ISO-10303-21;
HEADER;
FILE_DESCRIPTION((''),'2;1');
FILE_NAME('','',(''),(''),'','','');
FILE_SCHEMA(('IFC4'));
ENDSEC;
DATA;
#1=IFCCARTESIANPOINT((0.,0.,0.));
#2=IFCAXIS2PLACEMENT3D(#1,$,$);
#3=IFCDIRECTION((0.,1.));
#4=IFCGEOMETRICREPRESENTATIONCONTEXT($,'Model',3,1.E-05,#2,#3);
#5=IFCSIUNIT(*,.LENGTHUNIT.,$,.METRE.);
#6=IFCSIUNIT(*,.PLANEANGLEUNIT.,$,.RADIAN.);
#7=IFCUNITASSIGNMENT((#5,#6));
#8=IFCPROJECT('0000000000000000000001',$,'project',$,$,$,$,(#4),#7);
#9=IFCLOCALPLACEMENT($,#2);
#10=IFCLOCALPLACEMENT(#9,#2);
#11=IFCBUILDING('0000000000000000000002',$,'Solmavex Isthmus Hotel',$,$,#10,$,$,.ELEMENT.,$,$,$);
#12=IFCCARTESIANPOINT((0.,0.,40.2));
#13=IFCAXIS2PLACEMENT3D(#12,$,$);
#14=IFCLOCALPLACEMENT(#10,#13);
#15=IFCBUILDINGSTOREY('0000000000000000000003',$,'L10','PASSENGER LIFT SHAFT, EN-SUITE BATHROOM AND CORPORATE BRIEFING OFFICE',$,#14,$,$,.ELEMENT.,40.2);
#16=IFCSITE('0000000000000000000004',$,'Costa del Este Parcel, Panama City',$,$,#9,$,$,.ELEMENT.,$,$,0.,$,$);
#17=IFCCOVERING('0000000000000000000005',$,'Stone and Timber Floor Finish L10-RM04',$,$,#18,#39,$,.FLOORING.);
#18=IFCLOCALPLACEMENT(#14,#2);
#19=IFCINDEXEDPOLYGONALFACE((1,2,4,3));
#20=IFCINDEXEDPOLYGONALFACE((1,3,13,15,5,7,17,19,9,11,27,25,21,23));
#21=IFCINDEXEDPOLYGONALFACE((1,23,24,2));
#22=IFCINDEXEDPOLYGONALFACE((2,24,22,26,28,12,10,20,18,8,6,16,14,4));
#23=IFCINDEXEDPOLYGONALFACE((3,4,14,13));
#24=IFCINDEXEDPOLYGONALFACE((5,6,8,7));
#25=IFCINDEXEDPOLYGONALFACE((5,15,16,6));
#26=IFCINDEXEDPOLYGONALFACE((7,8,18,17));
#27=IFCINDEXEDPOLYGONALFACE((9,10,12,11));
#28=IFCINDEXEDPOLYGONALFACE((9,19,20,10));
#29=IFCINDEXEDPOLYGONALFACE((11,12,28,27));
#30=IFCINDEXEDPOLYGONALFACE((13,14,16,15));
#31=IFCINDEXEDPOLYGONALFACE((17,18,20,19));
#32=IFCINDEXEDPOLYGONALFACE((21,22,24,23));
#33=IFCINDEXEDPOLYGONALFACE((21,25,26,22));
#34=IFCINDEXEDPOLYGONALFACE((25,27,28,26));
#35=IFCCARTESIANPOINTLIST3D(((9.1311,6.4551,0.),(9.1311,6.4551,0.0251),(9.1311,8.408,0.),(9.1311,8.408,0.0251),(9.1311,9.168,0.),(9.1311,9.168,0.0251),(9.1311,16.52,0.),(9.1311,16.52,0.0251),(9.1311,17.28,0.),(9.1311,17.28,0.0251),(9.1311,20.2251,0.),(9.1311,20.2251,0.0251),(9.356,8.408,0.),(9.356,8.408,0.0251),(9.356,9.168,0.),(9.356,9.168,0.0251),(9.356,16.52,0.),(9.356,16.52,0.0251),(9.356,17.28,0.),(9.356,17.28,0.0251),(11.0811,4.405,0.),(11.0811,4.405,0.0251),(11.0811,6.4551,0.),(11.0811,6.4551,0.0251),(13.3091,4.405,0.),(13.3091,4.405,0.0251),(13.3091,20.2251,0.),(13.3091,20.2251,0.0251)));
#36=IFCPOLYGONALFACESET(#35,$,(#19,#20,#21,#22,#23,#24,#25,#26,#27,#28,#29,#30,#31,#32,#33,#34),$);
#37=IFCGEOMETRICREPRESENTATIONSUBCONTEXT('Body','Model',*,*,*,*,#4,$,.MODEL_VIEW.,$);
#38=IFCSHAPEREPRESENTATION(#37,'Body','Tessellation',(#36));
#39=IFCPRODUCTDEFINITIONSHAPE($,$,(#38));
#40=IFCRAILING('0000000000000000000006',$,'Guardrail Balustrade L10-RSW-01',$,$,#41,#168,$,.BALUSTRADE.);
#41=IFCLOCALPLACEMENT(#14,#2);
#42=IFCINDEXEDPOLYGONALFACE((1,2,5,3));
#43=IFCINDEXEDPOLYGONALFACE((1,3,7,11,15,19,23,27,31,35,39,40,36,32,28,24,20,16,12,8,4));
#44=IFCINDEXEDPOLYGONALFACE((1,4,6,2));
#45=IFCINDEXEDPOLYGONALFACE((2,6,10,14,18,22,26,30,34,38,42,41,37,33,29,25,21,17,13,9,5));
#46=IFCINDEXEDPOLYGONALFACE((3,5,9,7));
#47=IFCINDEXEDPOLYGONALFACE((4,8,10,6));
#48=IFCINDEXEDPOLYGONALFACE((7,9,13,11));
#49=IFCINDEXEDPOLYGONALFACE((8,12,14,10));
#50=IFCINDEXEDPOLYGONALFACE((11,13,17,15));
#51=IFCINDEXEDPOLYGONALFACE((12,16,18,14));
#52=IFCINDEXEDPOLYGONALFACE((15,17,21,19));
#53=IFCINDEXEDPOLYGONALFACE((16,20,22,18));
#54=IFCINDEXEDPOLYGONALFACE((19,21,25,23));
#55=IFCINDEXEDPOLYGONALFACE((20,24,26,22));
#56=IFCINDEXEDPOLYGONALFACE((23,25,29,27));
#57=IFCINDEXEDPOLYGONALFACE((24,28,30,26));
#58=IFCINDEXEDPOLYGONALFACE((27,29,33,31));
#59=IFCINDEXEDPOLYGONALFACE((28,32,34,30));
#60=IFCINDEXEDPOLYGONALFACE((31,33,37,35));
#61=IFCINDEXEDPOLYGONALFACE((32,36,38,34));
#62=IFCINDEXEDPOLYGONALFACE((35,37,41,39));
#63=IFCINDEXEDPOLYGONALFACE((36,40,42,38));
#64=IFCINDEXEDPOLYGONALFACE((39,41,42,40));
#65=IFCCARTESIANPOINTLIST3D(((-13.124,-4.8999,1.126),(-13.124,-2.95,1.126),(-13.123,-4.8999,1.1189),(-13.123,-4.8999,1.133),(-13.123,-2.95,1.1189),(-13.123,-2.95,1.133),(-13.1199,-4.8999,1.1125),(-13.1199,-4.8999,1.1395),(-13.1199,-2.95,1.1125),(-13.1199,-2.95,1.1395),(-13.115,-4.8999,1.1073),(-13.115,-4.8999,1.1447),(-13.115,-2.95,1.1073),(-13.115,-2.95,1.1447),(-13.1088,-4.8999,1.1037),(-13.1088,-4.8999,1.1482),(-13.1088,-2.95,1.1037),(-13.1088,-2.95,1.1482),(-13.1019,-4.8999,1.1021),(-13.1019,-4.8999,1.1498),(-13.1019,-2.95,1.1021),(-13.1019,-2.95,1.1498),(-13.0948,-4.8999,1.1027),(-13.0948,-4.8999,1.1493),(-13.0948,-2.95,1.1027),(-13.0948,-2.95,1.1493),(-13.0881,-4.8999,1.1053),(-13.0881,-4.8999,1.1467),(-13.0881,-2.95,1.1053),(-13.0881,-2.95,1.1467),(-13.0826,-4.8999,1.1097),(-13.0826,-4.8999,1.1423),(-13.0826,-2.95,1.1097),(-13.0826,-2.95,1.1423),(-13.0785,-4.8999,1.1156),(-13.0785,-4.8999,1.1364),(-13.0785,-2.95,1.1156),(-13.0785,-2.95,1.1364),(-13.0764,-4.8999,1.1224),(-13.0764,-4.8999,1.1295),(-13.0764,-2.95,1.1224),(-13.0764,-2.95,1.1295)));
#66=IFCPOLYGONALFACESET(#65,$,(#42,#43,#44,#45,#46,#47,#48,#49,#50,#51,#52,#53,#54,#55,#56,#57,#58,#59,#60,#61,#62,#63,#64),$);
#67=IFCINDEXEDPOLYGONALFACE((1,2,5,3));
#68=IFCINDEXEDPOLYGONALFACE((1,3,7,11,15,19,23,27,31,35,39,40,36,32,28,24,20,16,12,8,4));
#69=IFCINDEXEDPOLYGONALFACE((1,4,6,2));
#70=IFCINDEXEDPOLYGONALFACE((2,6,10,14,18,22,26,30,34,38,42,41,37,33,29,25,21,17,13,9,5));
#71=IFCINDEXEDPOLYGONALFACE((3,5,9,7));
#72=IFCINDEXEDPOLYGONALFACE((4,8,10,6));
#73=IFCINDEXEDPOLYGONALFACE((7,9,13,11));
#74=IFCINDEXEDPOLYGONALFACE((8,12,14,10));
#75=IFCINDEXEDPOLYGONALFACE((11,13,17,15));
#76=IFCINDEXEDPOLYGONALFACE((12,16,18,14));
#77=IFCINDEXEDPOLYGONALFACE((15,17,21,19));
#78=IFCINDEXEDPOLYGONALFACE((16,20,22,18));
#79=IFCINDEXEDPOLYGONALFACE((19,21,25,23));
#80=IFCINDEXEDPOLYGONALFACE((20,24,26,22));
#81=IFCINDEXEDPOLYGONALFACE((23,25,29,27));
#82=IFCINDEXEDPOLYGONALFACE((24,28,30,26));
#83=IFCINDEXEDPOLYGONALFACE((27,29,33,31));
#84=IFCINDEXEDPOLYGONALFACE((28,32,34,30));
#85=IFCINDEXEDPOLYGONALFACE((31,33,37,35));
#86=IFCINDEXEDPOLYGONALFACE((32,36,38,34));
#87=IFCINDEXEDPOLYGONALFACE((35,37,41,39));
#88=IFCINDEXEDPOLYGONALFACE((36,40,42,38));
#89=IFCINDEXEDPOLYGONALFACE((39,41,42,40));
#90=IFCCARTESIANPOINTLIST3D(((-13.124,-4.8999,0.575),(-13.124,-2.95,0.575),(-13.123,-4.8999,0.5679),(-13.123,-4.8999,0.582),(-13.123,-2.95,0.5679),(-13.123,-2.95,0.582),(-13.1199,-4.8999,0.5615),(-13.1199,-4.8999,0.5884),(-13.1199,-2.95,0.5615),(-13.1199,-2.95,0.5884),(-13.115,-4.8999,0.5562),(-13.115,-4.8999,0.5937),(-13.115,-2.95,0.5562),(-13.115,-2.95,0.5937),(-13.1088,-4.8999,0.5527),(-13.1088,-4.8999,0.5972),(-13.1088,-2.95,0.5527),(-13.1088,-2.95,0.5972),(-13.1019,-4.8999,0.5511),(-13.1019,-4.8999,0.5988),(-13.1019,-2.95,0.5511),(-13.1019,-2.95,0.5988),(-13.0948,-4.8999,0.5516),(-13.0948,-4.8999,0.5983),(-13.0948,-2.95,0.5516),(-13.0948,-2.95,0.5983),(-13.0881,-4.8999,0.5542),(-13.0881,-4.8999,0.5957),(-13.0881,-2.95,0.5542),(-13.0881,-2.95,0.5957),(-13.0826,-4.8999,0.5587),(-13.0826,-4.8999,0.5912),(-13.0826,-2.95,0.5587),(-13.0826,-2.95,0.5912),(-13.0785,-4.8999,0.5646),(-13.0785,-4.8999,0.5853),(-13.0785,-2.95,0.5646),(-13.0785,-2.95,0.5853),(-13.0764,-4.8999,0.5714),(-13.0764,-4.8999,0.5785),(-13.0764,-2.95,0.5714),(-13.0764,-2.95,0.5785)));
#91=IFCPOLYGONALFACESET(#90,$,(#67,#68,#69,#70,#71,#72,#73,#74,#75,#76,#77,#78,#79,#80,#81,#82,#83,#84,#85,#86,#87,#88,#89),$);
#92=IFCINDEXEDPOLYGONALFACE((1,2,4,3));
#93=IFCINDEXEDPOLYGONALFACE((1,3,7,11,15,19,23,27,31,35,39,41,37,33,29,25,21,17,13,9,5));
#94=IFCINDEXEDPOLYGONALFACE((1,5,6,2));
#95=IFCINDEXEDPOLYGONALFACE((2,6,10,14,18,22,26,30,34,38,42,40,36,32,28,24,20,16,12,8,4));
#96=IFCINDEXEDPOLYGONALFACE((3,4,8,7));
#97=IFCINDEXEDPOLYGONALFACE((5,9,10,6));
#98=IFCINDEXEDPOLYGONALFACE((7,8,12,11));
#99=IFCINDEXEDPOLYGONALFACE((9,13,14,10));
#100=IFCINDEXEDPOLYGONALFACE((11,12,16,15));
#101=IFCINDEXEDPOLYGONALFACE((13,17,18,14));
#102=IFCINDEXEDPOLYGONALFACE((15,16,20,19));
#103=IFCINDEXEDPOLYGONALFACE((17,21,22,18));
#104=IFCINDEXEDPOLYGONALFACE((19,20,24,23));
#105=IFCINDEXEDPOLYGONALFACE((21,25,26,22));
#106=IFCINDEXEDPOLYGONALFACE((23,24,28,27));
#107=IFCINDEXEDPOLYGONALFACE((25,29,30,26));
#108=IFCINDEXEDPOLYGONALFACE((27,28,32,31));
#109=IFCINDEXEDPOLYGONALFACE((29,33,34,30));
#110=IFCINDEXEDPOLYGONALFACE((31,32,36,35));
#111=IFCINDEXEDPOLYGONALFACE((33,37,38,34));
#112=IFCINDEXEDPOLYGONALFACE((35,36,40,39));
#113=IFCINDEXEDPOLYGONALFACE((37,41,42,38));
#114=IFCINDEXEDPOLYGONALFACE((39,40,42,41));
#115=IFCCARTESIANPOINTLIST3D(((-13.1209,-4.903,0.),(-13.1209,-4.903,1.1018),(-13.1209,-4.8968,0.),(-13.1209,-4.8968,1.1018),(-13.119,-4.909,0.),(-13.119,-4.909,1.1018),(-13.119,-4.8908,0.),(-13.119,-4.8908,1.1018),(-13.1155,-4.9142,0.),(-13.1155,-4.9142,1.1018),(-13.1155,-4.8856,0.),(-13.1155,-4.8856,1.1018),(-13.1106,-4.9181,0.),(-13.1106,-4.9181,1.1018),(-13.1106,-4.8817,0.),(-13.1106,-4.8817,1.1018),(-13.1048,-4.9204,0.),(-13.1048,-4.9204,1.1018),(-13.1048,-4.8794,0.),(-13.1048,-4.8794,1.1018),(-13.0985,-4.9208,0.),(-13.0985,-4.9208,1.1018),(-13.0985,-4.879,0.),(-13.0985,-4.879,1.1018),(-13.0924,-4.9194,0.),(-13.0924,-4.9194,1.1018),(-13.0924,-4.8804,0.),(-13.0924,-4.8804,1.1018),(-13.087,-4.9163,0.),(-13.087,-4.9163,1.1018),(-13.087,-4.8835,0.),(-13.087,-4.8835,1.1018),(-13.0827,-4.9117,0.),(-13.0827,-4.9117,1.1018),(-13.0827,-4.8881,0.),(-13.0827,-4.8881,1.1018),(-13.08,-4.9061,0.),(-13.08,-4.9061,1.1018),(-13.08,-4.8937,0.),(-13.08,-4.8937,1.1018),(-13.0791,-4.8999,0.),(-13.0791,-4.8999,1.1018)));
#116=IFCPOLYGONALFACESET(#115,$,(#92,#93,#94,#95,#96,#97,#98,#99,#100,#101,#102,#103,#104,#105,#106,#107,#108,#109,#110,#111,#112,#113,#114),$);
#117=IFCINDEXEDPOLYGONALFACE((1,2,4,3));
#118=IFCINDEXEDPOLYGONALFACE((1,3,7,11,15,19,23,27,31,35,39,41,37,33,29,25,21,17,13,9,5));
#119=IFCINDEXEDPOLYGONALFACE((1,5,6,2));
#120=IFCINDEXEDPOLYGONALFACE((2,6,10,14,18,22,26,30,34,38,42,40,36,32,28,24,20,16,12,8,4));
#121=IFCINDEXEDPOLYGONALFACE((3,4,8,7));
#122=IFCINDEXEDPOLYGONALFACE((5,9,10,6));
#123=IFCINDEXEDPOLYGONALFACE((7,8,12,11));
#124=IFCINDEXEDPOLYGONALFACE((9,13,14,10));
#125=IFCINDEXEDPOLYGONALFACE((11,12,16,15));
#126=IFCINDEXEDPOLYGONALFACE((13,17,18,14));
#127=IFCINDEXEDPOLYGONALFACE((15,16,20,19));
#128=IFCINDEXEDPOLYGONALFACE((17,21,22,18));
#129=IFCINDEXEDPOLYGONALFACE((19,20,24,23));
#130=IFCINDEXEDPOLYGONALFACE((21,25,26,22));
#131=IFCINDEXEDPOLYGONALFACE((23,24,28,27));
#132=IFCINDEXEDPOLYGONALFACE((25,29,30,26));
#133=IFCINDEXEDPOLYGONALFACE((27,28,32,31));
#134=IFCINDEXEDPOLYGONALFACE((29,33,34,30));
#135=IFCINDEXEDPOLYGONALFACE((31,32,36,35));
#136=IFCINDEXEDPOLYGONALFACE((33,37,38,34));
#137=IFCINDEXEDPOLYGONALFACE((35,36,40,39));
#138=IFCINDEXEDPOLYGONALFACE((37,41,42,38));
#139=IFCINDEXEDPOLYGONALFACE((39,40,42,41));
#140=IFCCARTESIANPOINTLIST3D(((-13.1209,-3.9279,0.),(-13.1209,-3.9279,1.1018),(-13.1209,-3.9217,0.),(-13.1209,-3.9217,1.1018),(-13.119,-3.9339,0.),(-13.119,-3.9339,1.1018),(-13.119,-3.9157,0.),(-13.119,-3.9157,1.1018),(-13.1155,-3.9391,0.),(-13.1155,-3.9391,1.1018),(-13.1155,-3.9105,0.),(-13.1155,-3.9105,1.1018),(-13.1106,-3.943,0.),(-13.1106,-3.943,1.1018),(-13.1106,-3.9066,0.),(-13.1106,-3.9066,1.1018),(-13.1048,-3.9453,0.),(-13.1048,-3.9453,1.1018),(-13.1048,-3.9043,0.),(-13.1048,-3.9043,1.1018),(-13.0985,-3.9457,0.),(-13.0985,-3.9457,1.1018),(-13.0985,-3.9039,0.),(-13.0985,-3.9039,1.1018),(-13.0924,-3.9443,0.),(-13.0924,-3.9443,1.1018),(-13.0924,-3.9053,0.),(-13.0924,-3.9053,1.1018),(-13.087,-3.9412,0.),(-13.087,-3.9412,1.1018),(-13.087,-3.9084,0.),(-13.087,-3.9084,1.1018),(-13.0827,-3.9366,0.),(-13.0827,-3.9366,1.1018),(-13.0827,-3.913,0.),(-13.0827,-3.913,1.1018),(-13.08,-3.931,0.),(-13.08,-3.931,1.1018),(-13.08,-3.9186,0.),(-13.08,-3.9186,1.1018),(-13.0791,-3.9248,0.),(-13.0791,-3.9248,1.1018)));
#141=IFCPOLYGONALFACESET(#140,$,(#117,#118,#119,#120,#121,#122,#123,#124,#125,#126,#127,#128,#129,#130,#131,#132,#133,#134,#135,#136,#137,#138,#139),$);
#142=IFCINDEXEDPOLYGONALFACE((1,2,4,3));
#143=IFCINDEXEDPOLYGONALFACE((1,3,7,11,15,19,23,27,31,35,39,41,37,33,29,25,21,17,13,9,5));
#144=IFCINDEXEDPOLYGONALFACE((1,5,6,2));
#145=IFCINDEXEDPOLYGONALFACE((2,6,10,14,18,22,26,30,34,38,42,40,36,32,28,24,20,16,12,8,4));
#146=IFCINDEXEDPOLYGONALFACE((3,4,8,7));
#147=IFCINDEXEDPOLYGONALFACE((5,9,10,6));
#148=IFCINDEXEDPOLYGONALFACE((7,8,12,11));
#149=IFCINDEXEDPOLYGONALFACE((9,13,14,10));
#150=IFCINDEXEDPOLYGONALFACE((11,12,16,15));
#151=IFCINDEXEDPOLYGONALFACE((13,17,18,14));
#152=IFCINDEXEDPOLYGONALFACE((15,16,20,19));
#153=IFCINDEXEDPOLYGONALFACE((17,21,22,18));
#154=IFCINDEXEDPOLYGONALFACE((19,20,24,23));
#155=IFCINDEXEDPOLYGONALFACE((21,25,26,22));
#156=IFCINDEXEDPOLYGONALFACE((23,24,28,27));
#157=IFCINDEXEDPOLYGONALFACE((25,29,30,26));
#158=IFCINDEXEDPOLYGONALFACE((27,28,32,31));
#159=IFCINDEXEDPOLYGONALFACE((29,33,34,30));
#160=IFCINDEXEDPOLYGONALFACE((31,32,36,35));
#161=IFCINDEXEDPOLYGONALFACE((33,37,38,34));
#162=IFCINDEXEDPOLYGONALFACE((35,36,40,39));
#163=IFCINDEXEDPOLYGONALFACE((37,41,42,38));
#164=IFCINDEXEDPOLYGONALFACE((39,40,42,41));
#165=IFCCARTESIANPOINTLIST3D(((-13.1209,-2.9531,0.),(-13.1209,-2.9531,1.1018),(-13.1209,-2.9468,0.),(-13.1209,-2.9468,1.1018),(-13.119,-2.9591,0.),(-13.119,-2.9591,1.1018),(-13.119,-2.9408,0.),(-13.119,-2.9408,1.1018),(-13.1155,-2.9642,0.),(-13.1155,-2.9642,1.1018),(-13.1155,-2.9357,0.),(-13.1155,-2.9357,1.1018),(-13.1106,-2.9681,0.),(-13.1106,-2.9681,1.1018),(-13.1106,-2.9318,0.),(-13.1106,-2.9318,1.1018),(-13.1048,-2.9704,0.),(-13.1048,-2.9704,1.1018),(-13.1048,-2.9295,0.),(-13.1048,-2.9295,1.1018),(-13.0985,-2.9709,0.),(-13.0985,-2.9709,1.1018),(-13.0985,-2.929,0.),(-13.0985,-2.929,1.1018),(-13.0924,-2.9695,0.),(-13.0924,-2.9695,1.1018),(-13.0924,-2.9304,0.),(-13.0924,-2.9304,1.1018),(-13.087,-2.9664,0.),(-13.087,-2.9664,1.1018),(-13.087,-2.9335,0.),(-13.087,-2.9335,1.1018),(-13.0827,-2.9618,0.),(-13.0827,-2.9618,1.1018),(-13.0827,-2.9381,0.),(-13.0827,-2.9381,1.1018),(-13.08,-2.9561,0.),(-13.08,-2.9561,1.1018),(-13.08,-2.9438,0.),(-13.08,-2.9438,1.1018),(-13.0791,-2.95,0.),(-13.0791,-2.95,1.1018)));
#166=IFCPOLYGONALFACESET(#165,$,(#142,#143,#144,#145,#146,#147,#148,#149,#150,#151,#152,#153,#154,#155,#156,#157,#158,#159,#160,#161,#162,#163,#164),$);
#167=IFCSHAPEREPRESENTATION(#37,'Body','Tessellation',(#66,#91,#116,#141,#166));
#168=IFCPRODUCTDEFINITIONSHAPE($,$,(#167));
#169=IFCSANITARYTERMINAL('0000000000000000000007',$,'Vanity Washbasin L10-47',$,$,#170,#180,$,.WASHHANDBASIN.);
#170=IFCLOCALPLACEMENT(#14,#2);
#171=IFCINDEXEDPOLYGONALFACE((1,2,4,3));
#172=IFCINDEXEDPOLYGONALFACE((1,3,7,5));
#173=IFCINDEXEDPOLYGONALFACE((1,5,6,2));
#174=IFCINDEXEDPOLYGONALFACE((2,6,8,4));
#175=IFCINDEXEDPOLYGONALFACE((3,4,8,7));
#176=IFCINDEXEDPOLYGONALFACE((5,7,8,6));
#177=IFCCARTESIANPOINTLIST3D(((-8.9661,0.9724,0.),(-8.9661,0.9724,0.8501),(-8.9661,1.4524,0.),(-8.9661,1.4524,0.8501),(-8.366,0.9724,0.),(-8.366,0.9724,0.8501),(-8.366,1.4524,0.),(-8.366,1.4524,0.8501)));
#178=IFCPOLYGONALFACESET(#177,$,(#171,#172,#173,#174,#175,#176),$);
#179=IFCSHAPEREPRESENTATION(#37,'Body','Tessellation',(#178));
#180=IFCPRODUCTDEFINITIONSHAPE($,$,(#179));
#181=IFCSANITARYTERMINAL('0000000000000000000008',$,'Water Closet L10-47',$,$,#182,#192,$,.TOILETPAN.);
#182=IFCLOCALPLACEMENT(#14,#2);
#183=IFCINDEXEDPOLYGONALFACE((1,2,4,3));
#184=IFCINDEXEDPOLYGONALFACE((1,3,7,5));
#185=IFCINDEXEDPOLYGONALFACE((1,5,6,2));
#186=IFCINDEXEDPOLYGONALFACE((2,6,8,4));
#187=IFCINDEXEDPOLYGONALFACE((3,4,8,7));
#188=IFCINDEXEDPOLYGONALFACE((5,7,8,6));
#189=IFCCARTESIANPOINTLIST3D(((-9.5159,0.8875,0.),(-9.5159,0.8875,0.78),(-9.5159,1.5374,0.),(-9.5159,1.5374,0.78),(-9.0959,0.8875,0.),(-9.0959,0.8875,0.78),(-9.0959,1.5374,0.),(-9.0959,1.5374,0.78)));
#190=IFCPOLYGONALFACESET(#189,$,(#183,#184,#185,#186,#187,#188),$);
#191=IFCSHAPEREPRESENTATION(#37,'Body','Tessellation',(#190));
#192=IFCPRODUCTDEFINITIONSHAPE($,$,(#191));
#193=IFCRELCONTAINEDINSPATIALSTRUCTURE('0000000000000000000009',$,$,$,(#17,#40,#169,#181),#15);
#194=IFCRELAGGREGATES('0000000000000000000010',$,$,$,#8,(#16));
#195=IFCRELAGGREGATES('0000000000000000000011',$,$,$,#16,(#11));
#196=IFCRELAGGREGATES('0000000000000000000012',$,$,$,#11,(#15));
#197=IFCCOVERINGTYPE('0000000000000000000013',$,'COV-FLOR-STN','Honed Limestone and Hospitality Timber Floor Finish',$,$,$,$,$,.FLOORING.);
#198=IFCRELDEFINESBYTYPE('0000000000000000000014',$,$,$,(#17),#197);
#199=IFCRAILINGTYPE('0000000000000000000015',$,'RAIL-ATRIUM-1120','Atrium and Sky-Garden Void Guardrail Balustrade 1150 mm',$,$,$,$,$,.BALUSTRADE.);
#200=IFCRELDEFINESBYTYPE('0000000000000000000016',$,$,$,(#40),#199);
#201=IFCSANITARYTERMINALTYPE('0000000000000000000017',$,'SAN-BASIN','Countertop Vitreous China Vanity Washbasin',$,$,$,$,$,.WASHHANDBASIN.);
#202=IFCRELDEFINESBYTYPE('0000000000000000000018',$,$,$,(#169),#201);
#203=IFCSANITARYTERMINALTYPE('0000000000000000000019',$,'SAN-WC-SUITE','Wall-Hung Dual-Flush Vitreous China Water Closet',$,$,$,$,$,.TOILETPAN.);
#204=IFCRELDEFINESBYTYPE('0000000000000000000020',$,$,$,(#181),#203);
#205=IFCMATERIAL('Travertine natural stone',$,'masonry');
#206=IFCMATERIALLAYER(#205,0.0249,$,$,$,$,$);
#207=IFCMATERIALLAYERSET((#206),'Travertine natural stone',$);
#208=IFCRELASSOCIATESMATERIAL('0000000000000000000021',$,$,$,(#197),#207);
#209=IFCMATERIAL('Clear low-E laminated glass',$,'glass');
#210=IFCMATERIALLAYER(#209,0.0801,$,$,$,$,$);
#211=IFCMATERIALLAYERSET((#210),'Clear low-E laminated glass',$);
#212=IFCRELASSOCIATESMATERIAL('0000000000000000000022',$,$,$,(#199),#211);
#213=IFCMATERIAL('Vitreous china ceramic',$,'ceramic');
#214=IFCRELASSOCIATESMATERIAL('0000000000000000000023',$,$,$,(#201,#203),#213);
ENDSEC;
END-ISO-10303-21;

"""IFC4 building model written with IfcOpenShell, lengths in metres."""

from ifc_helpers import new_model, si_unit, direction, frame, origin, origin_2d, place, context, subcontext, project, spatial, polyline, rectangle, circle, outline, extrude, material, layer, layer_set, type_object, element, save


model = new_model("IFC4")

# Units and contexts
model_context = context("Model", 3, precision=1e-05, world=origin(), true_north=direction((0.0, 1.0)))
body_context = subcontext(model_context, "Body", "Model", "MODEL_VIEW")
ifc_project = project(units=[si_unit("LENGTHUNIT", "METRE"), si_unit("PLANEANGLEUNIT", "RADIAN")], contexts=[model_context])

# Site, building, storey
site_placement = place(None, origin())
site = spatial("IfcSite", under=ifc_project, at=site_placement, Name="Costa del Este Parcel, Panama City", CompositionType="ELEMENT", RefElevation=0.0)
building_placement = place(site_placement, origin())
building = spatial("IfcBuilding", under=site, at=building_placement, Name="Solmavex Isthmus Hotel", CompositionType="ELEMENT")
storey_placement = place(building_placement, frame((0.0, 0.0, 40.2)))
storey = spatial("IfcBuildingStorey", under=building, at=storey_placement, Name="L10", Description="PASSENGER LIFT SHAFT, EN-SUITE BATHROOM AND CORPORATE BRIEFING OFFICE", CompositionType="ELEMENT", Elevation=40.2)

# Covering
ifc_material_1 = material(Name="Travertine natural stone", Category="masonry")
ifc_layer_1 = layer(ifc_material_1, 0.0249)
ifc_layer_set_1 = layer_set([ifc_layer_1], Name="Travertine natural stone")
covering_type_1 = type_object("IfcCoveringType", Name="COV-FLOR-STN", Description="Honed Limestone and Hospitality Timber Floor Finish", PredefinedType="FLOORING", material=ifc_layer_set_1)
covering_1_placement = place(storey_placement, origin())
element("IfcCovering", 1, at=covering_1_placement, inside=storey, type_object=covering_type_1, Name="Stone and Timber Floor Finish L10-RM04", PredefinedType="FLOORING", context=body_context, shape_type="SweptSolid", body=[
    extrude(outline(polyline([(9.1311, 9.168), (9.356, 9.168), (9.356, 8.408), (9.1311, 8.408), (9.1311, 6.4551), (11.0811, 6.4551), (11.0811, 4.405), (13.3091, 4.405), (13.3091, 20.2251), (9.1311, 20.2251), (9.1311, 17.28), (9.356, 17.28), (9.356, 16.52), (9.1311, 16.52), (9.1311, 9.168)])), origin(), (0.0, 0.0, 1.0), 0.0251),
])

# Railing
ifc_material_2 = material(Name="Clear low-E laminated glass", Category="glass")
ifc_layer_2 = layer(ifc_material_2, 0.0801)
ifc_layer_set_2 = layer_set([ifc_layer_2], Name="Clear low-E laminated glass")
railing_type = type_object("IfcRailingType", Name="RAIL-ATRIUM-1120", Description="Atrium and Sky-Garden Void Guardrail Balustrade 1150 mm", PredefinedType="BALUSTRADE", material=ifc_layer_set_2)
railing_placement = place(storey_placement, frame((-13.1001, -4.8999, 0.0)))
element("IfcRailing", 2, at=railing_placement, inside=storey, type_object=railing_type, Name="Guardrail Balustrade L10-RSW-01", PredefinedType="BALUSTRADE", context=body_context, shape_type="SweptSolid", body=[
    extrude(circle(Radius=0.0239, at=origin_2d()), frame((0.0, 0.0, 1.126), z_axis=(0.0, 1.0, 0.0), x_axis=(-1.0, 0.0, 0.0)), (0.0, 0.0, 1.0), 1.95),
    extrude(circle(Radius=0.0239, at=origin_2d()), frame((0.0, 0.0, 0.575), z_axis=(0.0, 1.0, 0.0), x_axis=(-1.0, 0.0, 0.0)), (0.0, 0.0, 1.0), 1.95),
    extrude(circle(Radius=0.021, at=origin_2d()), origin(), (0.0, 0.0, 1.0), 1.1018),
    extrude(circle(Radius=0.021, at=origin_2d()), frame((0.0, 0.9751, 0.0)), (0.0, 0.0, 1.0), 1.1018),
    extrude(circle(Radius=0.021, at=origin_2d()), frame((0.0, 1.95, 0.0)), (0.0, 0.0, 1.0), 1.1018),
])

# Sanitary terminals
ifc_material_3 = material(Name="Vitreous china ceramic", Category="ceramic")
sanitary_terminal_type_1 = type_object("IfcSanitaryTerminalType", Name="SAN-BASIN", Description="Countertop Vitreous China Vanity Washbasin", PredefinedType="WASHHANDBASIN", material=ifc_material_3)
sanitary_terminal_1_placement = place(storey_placement, frame((-8.666, 1.2124, 0.0), z_axis=(0.0, 0.0, 1.0), x_axis=(1.0, 0.0, 0.0)))
element("IfcSanitaryTerminal", 3, at=sanitary_terminal_1_placement, inside=storey, type_object=sanitary_terminal_type_1, Name="Vanity Washbasin L10-47", PredefinedType="WASHHANDBASIN", context=body_context, shape_type="SweptSolid", body=[
    extrude(rectangle(XDim=0.6001, YDim=0.48, at=origin_2d()), origin(), (0.0, 0.0, 1.0), 0.8501),
])
sanitary_terminal_type_2 = type_object("IfcSanitaryTerminalType", Name="SAN-WC-SUITE", Description="Wall-Hung Dual-Flush Vitreous China Water Closet", PredefinedType="TOILETPAN", material=ifc_material_3)
sanitary_terminal_2_placement = place(storey_placement, frame((-9.3059, 1.2124, 0.0), z_axis=(0.0, 0.0, 1.0), x_axis=(1.0, 0.0, 0.0)))
element("IfcSanitaryTerminal", 4, at=sanitary_terminal_2_placement, inside=storey, type_object=sanitary_terminal_type_2, Name="Water Closet L10-47", PredefinedType="TOILETPAN", context=body_context, shape_type="SweptSolid", body=[
    extrude(rectangle(XDim=0.4199, YDim=0.6499, at=origin_2d()), origin(), (0.0, 0.0, 1.0), 0.78),
])

save(model, "model.ifc")
